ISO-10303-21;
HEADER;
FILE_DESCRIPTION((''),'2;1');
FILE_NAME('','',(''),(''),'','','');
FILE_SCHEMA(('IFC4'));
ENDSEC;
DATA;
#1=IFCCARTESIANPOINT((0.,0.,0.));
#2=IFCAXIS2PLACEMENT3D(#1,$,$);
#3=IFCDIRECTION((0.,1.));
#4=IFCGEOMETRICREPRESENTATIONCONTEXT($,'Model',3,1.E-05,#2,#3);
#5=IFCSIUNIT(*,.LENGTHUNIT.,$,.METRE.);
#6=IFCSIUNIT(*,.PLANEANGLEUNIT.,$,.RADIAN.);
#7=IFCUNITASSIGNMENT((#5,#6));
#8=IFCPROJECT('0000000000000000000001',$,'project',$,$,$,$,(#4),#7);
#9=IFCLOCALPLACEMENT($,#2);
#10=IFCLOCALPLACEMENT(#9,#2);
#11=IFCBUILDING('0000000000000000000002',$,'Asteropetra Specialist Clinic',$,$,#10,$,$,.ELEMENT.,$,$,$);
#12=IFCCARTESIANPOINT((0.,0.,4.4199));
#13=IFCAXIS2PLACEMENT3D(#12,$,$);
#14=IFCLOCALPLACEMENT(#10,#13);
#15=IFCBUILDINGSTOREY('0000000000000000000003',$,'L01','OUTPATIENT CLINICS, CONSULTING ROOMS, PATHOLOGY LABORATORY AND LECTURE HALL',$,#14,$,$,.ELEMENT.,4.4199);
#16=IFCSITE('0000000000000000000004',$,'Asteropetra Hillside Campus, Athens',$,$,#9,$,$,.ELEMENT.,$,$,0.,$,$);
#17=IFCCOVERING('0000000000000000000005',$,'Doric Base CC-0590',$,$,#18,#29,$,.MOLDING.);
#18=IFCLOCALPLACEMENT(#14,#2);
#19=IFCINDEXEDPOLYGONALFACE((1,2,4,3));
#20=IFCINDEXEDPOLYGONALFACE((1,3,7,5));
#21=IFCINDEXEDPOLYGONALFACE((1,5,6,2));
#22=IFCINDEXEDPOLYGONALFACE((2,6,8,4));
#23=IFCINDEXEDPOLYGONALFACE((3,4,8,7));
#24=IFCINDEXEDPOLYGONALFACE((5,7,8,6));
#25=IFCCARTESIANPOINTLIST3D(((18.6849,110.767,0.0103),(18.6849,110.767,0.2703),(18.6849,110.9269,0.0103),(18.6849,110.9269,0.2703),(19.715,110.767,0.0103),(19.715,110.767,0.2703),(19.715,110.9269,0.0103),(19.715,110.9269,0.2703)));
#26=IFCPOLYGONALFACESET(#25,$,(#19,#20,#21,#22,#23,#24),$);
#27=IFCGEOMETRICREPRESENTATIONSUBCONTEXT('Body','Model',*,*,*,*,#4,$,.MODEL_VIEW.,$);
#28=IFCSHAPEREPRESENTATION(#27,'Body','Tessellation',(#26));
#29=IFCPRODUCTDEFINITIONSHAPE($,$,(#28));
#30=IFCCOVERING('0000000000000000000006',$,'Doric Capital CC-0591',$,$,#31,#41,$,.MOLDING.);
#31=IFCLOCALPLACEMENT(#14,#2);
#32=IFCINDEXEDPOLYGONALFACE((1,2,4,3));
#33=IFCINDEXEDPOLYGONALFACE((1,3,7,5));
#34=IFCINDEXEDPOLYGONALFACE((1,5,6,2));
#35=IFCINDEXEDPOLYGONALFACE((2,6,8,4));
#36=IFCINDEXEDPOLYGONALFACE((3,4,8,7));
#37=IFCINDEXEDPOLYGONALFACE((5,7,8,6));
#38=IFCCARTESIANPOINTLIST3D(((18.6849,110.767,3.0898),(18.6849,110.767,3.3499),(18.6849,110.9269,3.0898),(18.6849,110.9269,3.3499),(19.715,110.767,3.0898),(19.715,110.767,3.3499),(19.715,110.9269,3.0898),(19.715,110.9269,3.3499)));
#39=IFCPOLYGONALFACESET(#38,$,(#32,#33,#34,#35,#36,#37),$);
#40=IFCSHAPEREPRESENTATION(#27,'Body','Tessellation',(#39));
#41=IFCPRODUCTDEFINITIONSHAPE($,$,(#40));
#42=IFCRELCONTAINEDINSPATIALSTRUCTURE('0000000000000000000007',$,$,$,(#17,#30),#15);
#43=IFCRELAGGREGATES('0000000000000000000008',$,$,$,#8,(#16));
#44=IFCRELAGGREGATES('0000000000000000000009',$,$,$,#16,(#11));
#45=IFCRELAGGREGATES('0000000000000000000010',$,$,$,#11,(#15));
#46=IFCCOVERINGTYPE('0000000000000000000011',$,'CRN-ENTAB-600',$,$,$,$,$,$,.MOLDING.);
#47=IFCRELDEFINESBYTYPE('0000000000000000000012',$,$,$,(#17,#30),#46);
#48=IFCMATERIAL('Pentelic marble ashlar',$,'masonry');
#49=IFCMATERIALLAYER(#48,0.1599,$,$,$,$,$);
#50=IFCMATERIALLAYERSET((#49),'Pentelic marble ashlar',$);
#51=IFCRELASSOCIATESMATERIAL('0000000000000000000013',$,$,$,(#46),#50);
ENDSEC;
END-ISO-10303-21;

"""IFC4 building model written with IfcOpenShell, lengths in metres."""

from ifc_helpers import new_model, si_unit, direction, frame, origin, origin_2d, place, context, subcontext, project, spatial, rectangle, extrude, material, layer, layer_set, type_object, element, save


model = new_model("IFC4")

# Units and contexts
model_context = context("Model", 3, precision=1e-05, world=origin(), true_north=direction((0.0, 1.0)))
body_context = subcontext(model_context, "Body", "Model", "MODEL_VIEW")
ifc_project = project(units=[si_unit("LENGTHUNIT", "METRE"), si_unit("PLANEANGLEUNIT", "RADIAN")], contexts=[model_context])

# Site, building, storey
site_placement = place(None, origin())
site = spatial("IfcSite", under=ifc_project, at=site_placement, Name="Asteropetra Hillside Campus, Athens", CompositionType="ELEMENT", RefElevation=0.0)
building_placement = place(site_placement, origin())
building = spatial("IfcBuilding", under=site, at=building_placement, Name="Asteropetra Specialist Clinic", CompositionType="ELEMENT")
storey_placement = place(building_placement, frame((0.0, 0.0, 4.4199)))
storey = spatial("IfcBuildingStorey", under=building, at=storey_placement, Name="L01", Description="OUTPATIENT CLINICS, CONSULTING ROOMS, PATHOLOGY LABORATORY AND LECTURE HALL", CompositionType="ELEMENT", Elevation=4.4199)

# Coverings
ifc_material_1 = material(Name="Pentelic marble ashlar", Category="masonry")
ifc_layer_1 = layer(ifc_material_1, 0.1599)
ifc_layer_set_1 = layer_set([ifc_layer_1], Name="Pentelic marble ashlar")
covering_type = type_object("IfcCoveringType", Name="CRN-ENTAB-600", PredefinedType="MOLDING", material=ifc_layer_set_1)
for number, where, z_axis, x_axis, name in (
    (1, (19.2, 110.8469, 0.0103), (0.0, 0.0, 1.0), (1.0, 0.0, 0.0), "Doric Base CC-0590"),
    (2, (19.2, 110.8469, 3.0898), (0.0, 0.0, 1.0), (1.0, 0.0, 0.0), "Doric Capital CC-0591"),
):
    element("IfcCovering", number, at=place(storey_placement, frame(where, z_axis=z_axis, x_axis=x_axis)), inside=storey, type_object=covering_type, Name=name, PredefinedType="MOLDING", context=body_context, shape_type="SweptSolid", body=[
        extrude(rectangle(XDim=1.03, YDim=0.1599, at=origin_2d()), origin(), (0.0, 0.0, 1.0), 0.26),
    ])

save(model, "model.ifc")
